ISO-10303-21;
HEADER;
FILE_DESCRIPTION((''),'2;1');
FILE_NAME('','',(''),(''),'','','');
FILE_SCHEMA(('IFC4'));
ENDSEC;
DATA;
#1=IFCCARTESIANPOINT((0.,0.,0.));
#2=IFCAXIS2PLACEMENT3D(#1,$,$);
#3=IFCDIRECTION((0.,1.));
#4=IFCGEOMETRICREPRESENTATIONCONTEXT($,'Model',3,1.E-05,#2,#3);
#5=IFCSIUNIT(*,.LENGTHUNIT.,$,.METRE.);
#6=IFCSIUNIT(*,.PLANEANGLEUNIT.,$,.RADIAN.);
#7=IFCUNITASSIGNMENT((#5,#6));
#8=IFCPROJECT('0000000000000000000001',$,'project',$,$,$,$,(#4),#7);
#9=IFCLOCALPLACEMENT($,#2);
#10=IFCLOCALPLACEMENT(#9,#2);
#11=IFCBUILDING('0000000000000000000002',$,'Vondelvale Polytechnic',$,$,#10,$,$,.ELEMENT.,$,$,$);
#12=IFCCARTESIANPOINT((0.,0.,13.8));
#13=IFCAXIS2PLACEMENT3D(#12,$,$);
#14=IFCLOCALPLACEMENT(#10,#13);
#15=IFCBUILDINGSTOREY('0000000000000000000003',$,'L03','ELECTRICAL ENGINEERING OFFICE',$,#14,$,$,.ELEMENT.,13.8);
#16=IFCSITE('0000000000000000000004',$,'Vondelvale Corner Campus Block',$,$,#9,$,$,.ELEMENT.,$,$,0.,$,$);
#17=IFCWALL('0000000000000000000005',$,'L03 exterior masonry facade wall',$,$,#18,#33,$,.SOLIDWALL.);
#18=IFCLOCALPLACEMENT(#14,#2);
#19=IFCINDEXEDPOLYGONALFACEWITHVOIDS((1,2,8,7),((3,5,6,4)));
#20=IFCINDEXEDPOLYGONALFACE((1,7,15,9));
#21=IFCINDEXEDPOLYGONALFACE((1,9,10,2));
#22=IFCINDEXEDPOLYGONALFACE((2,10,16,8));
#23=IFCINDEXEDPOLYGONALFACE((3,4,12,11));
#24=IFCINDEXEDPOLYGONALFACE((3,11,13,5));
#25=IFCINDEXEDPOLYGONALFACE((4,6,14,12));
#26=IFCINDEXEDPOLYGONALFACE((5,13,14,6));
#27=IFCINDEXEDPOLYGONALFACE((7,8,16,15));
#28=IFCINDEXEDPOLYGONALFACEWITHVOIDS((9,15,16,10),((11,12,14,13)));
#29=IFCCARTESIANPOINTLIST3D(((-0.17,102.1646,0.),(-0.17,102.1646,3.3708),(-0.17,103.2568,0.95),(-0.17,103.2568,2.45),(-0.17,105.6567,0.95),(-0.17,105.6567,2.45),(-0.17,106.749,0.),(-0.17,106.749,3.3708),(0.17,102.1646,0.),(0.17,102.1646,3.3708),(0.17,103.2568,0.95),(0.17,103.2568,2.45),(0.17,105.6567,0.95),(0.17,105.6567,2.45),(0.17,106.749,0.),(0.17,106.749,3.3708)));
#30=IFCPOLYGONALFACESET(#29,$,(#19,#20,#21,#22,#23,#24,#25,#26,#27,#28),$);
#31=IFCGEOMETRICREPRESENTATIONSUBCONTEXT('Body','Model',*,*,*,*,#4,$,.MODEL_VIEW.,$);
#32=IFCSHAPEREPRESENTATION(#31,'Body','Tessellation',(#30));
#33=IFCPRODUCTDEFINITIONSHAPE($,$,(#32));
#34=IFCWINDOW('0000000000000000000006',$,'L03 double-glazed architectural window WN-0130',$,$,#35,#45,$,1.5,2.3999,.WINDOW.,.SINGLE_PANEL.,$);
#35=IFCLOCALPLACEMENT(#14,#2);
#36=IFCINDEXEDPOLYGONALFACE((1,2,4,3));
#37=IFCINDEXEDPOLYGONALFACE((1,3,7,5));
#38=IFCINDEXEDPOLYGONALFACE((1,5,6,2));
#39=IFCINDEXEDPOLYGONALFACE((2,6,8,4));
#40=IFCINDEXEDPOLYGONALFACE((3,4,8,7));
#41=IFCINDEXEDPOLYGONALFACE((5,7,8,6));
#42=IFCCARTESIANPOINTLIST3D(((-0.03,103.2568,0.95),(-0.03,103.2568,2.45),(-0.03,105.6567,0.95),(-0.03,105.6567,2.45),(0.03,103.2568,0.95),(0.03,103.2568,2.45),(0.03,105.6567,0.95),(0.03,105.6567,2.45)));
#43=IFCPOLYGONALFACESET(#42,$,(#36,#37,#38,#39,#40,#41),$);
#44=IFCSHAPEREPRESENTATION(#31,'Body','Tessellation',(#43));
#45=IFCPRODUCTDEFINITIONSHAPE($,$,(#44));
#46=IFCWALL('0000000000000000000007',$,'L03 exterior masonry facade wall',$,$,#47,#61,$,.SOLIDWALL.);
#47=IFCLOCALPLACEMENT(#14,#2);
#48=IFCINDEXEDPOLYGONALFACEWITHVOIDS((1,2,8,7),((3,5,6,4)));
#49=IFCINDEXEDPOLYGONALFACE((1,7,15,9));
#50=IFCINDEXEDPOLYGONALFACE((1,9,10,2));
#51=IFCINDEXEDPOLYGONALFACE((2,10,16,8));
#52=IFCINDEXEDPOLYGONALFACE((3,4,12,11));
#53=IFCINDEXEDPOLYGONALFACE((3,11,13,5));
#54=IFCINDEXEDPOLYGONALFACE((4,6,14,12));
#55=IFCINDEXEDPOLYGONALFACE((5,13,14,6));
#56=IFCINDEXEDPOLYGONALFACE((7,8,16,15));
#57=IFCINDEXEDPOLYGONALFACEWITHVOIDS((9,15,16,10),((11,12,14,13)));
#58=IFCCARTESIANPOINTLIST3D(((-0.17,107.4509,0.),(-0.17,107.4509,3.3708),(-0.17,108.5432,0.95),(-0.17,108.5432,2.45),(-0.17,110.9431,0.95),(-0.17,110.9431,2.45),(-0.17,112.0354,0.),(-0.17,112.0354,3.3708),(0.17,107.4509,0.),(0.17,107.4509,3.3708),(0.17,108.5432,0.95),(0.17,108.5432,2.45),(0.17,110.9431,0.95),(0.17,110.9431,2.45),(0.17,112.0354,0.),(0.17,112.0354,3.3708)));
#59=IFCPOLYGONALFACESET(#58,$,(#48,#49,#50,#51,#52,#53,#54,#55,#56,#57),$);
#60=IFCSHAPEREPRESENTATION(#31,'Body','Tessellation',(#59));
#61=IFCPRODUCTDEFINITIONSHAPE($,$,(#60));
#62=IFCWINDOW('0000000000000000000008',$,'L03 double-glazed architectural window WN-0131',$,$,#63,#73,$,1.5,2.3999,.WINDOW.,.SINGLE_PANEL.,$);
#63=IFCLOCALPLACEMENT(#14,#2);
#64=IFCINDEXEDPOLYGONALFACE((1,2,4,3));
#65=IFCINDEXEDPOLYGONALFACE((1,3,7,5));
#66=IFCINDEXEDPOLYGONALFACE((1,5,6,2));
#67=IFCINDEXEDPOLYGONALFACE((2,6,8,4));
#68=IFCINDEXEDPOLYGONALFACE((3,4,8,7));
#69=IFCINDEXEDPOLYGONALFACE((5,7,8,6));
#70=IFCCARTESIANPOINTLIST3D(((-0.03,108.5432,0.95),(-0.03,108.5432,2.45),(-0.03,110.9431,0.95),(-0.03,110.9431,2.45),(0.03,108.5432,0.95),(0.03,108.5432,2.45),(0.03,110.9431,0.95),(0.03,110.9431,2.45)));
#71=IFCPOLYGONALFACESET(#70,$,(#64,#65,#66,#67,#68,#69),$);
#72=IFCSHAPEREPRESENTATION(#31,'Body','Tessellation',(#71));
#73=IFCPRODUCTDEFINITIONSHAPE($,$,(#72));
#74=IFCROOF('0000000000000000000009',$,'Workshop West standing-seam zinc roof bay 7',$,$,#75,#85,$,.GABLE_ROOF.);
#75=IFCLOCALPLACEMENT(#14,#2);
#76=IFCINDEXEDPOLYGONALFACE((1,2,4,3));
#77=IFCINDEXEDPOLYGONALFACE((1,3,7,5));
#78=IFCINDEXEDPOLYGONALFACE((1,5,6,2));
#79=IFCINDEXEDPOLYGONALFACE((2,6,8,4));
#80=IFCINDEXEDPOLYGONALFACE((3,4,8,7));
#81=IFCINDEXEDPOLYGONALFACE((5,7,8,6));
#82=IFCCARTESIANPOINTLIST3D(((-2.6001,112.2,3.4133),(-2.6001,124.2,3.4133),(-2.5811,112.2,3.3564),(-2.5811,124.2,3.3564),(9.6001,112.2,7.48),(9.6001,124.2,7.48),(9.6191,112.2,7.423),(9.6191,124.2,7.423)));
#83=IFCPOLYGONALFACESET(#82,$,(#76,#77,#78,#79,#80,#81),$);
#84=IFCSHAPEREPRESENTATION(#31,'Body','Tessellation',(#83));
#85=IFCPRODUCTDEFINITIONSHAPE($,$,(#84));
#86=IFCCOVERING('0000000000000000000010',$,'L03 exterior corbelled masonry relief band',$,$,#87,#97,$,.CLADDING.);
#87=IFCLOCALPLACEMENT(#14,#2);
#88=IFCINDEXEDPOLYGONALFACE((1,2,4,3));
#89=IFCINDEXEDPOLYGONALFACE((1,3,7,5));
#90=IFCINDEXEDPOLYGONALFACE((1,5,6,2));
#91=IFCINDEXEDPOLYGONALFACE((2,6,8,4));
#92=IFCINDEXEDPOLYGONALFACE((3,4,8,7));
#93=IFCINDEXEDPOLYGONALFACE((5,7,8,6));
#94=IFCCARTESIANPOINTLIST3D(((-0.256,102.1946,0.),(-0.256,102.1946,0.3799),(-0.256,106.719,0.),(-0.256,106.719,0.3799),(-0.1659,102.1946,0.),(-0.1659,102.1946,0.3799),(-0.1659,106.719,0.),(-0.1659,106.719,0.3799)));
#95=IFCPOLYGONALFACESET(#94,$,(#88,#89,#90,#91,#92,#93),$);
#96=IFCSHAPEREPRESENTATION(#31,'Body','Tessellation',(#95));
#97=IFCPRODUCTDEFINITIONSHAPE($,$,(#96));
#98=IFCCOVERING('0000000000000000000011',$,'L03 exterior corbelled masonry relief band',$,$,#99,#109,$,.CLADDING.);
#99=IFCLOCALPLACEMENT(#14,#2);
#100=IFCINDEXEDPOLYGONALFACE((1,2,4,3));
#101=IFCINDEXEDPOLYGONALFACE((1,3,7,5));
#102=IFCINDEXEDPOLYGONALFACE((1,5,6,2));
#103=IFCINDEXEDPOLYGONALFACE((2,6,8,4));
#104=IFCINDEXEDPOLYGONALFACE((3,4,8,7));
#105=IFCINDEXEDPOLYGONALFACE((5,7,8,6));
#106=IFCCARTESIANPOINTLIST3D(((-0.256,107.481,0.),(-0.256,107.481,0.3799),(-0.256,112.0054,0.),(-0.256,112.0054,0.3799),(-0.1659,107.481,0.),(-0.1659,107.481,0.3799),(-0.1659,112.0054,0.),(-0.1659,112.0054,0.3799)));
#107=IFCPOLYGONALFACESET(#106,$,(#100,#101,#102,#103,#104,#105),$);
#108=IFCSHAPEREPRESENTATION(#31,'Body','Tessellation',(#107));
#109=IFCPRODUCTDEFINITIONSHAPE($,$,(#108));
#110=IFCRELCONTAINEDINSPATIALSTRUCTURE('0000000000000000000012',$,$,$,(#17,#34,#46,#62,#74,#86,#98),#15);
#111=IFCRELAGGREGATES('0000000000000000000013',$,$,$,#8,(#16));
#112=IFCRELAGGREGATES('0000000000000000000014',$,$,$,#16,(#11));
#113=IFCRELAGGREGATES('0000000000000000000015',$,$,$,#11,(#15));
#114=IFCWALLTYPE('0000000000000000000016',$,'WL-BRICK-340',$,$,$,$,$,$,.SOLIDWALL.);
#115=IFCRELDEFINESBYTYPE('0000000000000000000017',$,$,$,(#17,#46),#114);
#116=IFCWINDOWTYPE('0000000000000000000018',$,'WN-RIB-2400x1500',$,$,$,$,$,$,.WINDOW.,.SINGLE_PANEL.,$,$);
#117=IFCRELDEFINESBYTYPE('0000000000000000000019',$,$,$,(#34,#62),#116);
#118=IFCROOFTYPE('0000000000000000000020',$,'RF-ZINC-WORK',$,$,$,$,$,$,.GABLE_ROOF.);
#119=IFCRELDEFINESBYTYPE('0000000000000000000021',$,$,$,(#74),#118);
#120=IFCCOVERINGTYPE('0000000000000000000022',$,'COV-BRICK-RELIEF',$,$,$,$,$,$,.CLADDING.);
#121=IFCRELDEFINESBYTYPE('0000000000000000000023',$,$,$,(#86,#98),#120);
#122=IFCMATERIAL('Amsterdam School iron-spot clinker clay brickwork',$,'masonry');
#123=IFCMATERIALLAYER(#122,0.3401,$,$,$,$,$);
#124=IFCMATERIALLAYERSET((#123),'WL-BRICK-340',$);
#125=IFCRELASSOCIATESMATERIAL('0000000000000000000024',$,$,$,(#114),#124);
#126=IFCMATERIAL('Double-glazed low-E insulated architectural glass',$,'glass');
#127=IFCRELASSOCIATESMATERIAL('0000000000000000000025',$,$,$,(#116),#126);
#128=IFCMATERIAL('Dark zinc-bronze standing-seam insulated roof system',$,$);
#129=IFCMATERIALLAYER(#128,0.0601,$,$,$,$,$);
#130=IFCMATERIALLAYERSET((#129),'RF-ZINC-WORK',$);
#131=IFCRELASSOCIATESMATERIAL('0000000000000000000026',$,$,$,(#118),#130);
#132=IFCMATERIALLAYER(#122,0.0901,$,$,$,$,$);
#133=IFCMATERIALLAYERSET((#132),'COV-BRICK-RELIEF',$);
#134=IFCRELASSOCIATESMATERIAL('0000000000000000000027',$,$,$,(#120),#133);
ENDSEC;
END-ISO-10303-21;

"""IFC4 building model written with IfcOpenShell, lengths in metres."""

from ifc_helpers import new_model, si_unit, direction, frame, frame_2d, origin, origin_2d, place, context, subcontext, project, spatial, polyline, rectangle, outline, extrude, material, layer, layer_set, type_object, element, fill, save


model = new_model("IFC4")

# Units and contexts
model_context = context("Model", 3, precision=1e-05, world=origin(), true_north=direction((0.0, 1.0)))
body_context = subcontext(model_context, "Body", "Model", "MODEL_VIEW")
ifc_project = project(units=[si_unit("LENGTHUNIT", "METRE"), si_unit("PLANEANGLEUNIT", "RADIAN")], contexts=[model_context])

# Site, building, storey
site_placement = place(None, origin())
site = spatial("IfcSite", under=ifc_project, at=site_placement, Name="Vondelvale Corner Campus Block", CompositionType="ELEMENT", RefElevation=0.0)
building_placement = place(site_placement, origin())
building = spatial("IfcBuilding", under=site, at=building_placement, Name="Vondelvale Polytechnic", CompositionType="ELEMENT")
storey_placement = place(building_placement, frame((0.0, 0.0, 13.8)))
storey = spatial("IfcBuildingStorey", under=building, at=storey_placement, Name="L03", Description="ELECTRICAL ENGINEERING OFFICE", CompositionType="ELEMENT", Elevation=13.8)

# Walls, openings, windows
ifc_material_1 = material(Name="Amsterdam School iron-spot clinker clay brickwork", Category="masonry")
ifc_layer_1 = layer(ifc_material_1, 0.3401)
ifc_layer_set_1 = layer_set([ifc_layer_1], Name="WL-BRICK-340")
wall_type = type_object("IfcWallType", Name="WL-BRICK-340", PredefinedType="SOLIDWALL", material=ifc_layer_set_1)
wall_1_placement = place(storey_placement, frame((0.0, 102.1646, 0.0), z_axis=(0.0, 0.0, 1.0), x_axis=(0.0, 1.0, 0.0)))
wall_1 = element("IfcWall", 1, at=wall_1_placement, inside=storey, type_object=wall_type, Name="L03 exterior masonry facade wall", PredefinedType="SOLIDWALL", context=body_context, shape_type="SweptSolid", body=[
    extrude(rectangle(XDim=4.5845, YDim=0.3401, at=frame_2d((2.2922, 0.0))), origin(), (0.0, 0.0, 1.0), 3.3708),
])
opening_1_placement = place(wall_1_placement, frame((1.0923, 0.0, 0.95)))
opening_1 = element("IfcOpeningElement", 2, at=opening_1_placement, cuts=wall_1, PredefinedType="OPENING", context=body_context, shape_type="SweptSolid", body=[
    extrude(rectangle(XDim=2.3999, YDim=1.5, at=frame_2d((1.2, 0.75))), frame((0.0, 0.1799, 0.0), z_axis=(0.0, -1.0, 0.0), x_axis=(1.0, 0.0, 0.0)), (0.0, 0.0, 1.0), 0.3601),
])
ifc_material_2 = material(Name="Double-glazed low-E insulated architectural glass", Category="glass")
window_type = type_object("IfcWindowType", Name="WN-RIB-2400x1500", PartitioningType="SINGLE_PANEL", PredefinedType="WINDOW", material=ifc_material_2)
window_1_placement = place(opening_1_placement, origin())
window_1 = element("IfcWindow", 3, at=window_1_placement, inside=storey, type_object=window_type, Name="L03 double-glazed architectural window WN-0130", OverallHeight=1.5, OverallWidth=2.3999, PartitioningType="SINGLE_PANEL", PredefinedType="WINDOW", context=body_context, shape_type="SweptSolid", body=[
    extrude(rectangle(XDim=2.3999, YDim=1.5, at=frame_2d((1.2, 0.75))), frame((0.0, 0.03, 0.0), z_axis=(0.0, -1.0, 0.0), x_axis=(1.0, 0.0, 0.0)), (0.0, 0.0, 1.0), 0.0601),
])
fill(opening_1, window_1)
wall_2_placement = place(storey_placement, frame((0.0, 107.4509, 0.0), z_axis=(0.0, 0.0, 1.0), x_axis=(0.0, 1.0, 0.0)))
wall_2 = element("IfcWall", 4, at=wall_2_placement, inside=storey, type_object=wall_type, Name="L03 exterior masonry facade wall", PredefinedType="SOLIDWALL", context=body_context, shape_type="SweptSolid", body=[
    extrude(rectangle(XDim=4.5845, YDim=0.3401, at=frame_2d((2.2922, 0.0))), origin(), (0.0, 0.0, 1.0), 3.3708),
])
opening_2_placement = place(wall_2_placement, frame((1.0923, 0.0, 0.95)))
opening_2 = element("IfcOpeningElement", 5, at=opening_2_placement, cuts=wall_2, PredefinedType="OPENING", context=body_context, shape_type="SweptSolid", body=[
    extrude(rectangle(XDim=2.3999, YDim=1.5, at=frame_2d((1.2, 0.75))), frame((0.0, 0.1799, 0.0), z_axis=(0.0, -1.0, 0.0), x_axis=(1.0, 0.0, 0.0)), (0.0, 0.0, 1.0), 0.3601),
])
window_2_placement = place(opening_2_placement, origin())
window_2 = element("IfcWindow", 6, at=window_2_placement, inside=storey, type_object=window_type, Name="L03 double-glazed architectural window WN-0131", OverallHeight=1.5, OverallWidth=2.3999, PartitioningType="SINGLE_PANEL", PredefinedType="WINDOW", context=body_context, shape_type="SweptSolid", body=[
    extrude(rectangle(XDim=2.3999, YDim=1.5, at=frame_2d((1.2, 0.75))), frame((0.0, 0.03, 0.0), z_axis=(0.0, -1.0, 0.0), x_axis=(1.0, 0.0, 0.0)), (0.0, 0.0, 1.0), 0.0601),
])
fill(opening_2, window_2)

# Roof
ifc_material_3 = material(Name="Dark zinc-bronze standing-seam insulated roof system")
ifc_layer_2 = layer(ifc_material_3, 0.0601)
ifc_layer_set_2 = layer_set([ifc_layer_2], Name="RF-ZINC-WORK")
roof_type = type_object("IfcRoofType", Name="RF-ZINC-WORK", PredefinedType="GABLE_ROOF", material=ifc_layer_set_2)
roof_placement = place(storey_placement, frame((-2.6001, 112.2, 3.4133), z_axis=(-0.316222, 0.0, 0.948685), x_axis=(0.948685, 0.0, 0.316222)))
element("IfcRoof", 7, at=roof_placement, inside=storey, type_object=roof_type, Name="Workshop West standing-seam zinc roof bay 7", PredefinedType="GABLE_ROOF", context=body_context, shape_type="SweptSolid", body=[
    extrude(outline(polyline([(0.0, 0.0), (12.8601, 0.0), (12.8601, 12.0), (0.0, 12.0), (0.0, 0.0)])), origin(), (0.0, 0.0, -1.0), 0.0601),
])

# Coverings
ifc_layer_3 = layer(ifc_material_1, 0.0901)
ifc_layer_set_3 = layer_set([ifc_layer_3], Name="COV-BRICK-RELIEF")
covering_type = type_object("IfcCoveringType", Name="COV-BRICK-RELIEF", PredefinedType="CLADDING", material=ifc_layer_set_3)
for number, where, z_axis, x_axis, name in (
    (8, (-0.2109, 104.4568, 0.0), (0.0, 0.0, 1.0), (0.0, 1.0, 0.0), "L03 exterior corbelled masonry relief band"),
    (9, (-0.2109, 109.7432, 0.0), (0.0, 0.0, 1.0), (0.0, 1.0, 0.0), "L03 exterior corbelled masonry relief band"),
):
    element("IfcCovering", number, at=place(storey_placement, frame(where, z_axis=z_axis, x_axis=x_axis)), inside=storey, type_object=covering_type, Name=name, PredefinedType="CLADDING", context=body_context, shape_type="SweptSolid", body=[
        extrude(rectangle(XDim=4.5244, YDim=0.0901, at=origin_2d()), origin(), (0.0, 0.0, 1.0), 0.3799),
    ])

save(model, "model.ifc")
